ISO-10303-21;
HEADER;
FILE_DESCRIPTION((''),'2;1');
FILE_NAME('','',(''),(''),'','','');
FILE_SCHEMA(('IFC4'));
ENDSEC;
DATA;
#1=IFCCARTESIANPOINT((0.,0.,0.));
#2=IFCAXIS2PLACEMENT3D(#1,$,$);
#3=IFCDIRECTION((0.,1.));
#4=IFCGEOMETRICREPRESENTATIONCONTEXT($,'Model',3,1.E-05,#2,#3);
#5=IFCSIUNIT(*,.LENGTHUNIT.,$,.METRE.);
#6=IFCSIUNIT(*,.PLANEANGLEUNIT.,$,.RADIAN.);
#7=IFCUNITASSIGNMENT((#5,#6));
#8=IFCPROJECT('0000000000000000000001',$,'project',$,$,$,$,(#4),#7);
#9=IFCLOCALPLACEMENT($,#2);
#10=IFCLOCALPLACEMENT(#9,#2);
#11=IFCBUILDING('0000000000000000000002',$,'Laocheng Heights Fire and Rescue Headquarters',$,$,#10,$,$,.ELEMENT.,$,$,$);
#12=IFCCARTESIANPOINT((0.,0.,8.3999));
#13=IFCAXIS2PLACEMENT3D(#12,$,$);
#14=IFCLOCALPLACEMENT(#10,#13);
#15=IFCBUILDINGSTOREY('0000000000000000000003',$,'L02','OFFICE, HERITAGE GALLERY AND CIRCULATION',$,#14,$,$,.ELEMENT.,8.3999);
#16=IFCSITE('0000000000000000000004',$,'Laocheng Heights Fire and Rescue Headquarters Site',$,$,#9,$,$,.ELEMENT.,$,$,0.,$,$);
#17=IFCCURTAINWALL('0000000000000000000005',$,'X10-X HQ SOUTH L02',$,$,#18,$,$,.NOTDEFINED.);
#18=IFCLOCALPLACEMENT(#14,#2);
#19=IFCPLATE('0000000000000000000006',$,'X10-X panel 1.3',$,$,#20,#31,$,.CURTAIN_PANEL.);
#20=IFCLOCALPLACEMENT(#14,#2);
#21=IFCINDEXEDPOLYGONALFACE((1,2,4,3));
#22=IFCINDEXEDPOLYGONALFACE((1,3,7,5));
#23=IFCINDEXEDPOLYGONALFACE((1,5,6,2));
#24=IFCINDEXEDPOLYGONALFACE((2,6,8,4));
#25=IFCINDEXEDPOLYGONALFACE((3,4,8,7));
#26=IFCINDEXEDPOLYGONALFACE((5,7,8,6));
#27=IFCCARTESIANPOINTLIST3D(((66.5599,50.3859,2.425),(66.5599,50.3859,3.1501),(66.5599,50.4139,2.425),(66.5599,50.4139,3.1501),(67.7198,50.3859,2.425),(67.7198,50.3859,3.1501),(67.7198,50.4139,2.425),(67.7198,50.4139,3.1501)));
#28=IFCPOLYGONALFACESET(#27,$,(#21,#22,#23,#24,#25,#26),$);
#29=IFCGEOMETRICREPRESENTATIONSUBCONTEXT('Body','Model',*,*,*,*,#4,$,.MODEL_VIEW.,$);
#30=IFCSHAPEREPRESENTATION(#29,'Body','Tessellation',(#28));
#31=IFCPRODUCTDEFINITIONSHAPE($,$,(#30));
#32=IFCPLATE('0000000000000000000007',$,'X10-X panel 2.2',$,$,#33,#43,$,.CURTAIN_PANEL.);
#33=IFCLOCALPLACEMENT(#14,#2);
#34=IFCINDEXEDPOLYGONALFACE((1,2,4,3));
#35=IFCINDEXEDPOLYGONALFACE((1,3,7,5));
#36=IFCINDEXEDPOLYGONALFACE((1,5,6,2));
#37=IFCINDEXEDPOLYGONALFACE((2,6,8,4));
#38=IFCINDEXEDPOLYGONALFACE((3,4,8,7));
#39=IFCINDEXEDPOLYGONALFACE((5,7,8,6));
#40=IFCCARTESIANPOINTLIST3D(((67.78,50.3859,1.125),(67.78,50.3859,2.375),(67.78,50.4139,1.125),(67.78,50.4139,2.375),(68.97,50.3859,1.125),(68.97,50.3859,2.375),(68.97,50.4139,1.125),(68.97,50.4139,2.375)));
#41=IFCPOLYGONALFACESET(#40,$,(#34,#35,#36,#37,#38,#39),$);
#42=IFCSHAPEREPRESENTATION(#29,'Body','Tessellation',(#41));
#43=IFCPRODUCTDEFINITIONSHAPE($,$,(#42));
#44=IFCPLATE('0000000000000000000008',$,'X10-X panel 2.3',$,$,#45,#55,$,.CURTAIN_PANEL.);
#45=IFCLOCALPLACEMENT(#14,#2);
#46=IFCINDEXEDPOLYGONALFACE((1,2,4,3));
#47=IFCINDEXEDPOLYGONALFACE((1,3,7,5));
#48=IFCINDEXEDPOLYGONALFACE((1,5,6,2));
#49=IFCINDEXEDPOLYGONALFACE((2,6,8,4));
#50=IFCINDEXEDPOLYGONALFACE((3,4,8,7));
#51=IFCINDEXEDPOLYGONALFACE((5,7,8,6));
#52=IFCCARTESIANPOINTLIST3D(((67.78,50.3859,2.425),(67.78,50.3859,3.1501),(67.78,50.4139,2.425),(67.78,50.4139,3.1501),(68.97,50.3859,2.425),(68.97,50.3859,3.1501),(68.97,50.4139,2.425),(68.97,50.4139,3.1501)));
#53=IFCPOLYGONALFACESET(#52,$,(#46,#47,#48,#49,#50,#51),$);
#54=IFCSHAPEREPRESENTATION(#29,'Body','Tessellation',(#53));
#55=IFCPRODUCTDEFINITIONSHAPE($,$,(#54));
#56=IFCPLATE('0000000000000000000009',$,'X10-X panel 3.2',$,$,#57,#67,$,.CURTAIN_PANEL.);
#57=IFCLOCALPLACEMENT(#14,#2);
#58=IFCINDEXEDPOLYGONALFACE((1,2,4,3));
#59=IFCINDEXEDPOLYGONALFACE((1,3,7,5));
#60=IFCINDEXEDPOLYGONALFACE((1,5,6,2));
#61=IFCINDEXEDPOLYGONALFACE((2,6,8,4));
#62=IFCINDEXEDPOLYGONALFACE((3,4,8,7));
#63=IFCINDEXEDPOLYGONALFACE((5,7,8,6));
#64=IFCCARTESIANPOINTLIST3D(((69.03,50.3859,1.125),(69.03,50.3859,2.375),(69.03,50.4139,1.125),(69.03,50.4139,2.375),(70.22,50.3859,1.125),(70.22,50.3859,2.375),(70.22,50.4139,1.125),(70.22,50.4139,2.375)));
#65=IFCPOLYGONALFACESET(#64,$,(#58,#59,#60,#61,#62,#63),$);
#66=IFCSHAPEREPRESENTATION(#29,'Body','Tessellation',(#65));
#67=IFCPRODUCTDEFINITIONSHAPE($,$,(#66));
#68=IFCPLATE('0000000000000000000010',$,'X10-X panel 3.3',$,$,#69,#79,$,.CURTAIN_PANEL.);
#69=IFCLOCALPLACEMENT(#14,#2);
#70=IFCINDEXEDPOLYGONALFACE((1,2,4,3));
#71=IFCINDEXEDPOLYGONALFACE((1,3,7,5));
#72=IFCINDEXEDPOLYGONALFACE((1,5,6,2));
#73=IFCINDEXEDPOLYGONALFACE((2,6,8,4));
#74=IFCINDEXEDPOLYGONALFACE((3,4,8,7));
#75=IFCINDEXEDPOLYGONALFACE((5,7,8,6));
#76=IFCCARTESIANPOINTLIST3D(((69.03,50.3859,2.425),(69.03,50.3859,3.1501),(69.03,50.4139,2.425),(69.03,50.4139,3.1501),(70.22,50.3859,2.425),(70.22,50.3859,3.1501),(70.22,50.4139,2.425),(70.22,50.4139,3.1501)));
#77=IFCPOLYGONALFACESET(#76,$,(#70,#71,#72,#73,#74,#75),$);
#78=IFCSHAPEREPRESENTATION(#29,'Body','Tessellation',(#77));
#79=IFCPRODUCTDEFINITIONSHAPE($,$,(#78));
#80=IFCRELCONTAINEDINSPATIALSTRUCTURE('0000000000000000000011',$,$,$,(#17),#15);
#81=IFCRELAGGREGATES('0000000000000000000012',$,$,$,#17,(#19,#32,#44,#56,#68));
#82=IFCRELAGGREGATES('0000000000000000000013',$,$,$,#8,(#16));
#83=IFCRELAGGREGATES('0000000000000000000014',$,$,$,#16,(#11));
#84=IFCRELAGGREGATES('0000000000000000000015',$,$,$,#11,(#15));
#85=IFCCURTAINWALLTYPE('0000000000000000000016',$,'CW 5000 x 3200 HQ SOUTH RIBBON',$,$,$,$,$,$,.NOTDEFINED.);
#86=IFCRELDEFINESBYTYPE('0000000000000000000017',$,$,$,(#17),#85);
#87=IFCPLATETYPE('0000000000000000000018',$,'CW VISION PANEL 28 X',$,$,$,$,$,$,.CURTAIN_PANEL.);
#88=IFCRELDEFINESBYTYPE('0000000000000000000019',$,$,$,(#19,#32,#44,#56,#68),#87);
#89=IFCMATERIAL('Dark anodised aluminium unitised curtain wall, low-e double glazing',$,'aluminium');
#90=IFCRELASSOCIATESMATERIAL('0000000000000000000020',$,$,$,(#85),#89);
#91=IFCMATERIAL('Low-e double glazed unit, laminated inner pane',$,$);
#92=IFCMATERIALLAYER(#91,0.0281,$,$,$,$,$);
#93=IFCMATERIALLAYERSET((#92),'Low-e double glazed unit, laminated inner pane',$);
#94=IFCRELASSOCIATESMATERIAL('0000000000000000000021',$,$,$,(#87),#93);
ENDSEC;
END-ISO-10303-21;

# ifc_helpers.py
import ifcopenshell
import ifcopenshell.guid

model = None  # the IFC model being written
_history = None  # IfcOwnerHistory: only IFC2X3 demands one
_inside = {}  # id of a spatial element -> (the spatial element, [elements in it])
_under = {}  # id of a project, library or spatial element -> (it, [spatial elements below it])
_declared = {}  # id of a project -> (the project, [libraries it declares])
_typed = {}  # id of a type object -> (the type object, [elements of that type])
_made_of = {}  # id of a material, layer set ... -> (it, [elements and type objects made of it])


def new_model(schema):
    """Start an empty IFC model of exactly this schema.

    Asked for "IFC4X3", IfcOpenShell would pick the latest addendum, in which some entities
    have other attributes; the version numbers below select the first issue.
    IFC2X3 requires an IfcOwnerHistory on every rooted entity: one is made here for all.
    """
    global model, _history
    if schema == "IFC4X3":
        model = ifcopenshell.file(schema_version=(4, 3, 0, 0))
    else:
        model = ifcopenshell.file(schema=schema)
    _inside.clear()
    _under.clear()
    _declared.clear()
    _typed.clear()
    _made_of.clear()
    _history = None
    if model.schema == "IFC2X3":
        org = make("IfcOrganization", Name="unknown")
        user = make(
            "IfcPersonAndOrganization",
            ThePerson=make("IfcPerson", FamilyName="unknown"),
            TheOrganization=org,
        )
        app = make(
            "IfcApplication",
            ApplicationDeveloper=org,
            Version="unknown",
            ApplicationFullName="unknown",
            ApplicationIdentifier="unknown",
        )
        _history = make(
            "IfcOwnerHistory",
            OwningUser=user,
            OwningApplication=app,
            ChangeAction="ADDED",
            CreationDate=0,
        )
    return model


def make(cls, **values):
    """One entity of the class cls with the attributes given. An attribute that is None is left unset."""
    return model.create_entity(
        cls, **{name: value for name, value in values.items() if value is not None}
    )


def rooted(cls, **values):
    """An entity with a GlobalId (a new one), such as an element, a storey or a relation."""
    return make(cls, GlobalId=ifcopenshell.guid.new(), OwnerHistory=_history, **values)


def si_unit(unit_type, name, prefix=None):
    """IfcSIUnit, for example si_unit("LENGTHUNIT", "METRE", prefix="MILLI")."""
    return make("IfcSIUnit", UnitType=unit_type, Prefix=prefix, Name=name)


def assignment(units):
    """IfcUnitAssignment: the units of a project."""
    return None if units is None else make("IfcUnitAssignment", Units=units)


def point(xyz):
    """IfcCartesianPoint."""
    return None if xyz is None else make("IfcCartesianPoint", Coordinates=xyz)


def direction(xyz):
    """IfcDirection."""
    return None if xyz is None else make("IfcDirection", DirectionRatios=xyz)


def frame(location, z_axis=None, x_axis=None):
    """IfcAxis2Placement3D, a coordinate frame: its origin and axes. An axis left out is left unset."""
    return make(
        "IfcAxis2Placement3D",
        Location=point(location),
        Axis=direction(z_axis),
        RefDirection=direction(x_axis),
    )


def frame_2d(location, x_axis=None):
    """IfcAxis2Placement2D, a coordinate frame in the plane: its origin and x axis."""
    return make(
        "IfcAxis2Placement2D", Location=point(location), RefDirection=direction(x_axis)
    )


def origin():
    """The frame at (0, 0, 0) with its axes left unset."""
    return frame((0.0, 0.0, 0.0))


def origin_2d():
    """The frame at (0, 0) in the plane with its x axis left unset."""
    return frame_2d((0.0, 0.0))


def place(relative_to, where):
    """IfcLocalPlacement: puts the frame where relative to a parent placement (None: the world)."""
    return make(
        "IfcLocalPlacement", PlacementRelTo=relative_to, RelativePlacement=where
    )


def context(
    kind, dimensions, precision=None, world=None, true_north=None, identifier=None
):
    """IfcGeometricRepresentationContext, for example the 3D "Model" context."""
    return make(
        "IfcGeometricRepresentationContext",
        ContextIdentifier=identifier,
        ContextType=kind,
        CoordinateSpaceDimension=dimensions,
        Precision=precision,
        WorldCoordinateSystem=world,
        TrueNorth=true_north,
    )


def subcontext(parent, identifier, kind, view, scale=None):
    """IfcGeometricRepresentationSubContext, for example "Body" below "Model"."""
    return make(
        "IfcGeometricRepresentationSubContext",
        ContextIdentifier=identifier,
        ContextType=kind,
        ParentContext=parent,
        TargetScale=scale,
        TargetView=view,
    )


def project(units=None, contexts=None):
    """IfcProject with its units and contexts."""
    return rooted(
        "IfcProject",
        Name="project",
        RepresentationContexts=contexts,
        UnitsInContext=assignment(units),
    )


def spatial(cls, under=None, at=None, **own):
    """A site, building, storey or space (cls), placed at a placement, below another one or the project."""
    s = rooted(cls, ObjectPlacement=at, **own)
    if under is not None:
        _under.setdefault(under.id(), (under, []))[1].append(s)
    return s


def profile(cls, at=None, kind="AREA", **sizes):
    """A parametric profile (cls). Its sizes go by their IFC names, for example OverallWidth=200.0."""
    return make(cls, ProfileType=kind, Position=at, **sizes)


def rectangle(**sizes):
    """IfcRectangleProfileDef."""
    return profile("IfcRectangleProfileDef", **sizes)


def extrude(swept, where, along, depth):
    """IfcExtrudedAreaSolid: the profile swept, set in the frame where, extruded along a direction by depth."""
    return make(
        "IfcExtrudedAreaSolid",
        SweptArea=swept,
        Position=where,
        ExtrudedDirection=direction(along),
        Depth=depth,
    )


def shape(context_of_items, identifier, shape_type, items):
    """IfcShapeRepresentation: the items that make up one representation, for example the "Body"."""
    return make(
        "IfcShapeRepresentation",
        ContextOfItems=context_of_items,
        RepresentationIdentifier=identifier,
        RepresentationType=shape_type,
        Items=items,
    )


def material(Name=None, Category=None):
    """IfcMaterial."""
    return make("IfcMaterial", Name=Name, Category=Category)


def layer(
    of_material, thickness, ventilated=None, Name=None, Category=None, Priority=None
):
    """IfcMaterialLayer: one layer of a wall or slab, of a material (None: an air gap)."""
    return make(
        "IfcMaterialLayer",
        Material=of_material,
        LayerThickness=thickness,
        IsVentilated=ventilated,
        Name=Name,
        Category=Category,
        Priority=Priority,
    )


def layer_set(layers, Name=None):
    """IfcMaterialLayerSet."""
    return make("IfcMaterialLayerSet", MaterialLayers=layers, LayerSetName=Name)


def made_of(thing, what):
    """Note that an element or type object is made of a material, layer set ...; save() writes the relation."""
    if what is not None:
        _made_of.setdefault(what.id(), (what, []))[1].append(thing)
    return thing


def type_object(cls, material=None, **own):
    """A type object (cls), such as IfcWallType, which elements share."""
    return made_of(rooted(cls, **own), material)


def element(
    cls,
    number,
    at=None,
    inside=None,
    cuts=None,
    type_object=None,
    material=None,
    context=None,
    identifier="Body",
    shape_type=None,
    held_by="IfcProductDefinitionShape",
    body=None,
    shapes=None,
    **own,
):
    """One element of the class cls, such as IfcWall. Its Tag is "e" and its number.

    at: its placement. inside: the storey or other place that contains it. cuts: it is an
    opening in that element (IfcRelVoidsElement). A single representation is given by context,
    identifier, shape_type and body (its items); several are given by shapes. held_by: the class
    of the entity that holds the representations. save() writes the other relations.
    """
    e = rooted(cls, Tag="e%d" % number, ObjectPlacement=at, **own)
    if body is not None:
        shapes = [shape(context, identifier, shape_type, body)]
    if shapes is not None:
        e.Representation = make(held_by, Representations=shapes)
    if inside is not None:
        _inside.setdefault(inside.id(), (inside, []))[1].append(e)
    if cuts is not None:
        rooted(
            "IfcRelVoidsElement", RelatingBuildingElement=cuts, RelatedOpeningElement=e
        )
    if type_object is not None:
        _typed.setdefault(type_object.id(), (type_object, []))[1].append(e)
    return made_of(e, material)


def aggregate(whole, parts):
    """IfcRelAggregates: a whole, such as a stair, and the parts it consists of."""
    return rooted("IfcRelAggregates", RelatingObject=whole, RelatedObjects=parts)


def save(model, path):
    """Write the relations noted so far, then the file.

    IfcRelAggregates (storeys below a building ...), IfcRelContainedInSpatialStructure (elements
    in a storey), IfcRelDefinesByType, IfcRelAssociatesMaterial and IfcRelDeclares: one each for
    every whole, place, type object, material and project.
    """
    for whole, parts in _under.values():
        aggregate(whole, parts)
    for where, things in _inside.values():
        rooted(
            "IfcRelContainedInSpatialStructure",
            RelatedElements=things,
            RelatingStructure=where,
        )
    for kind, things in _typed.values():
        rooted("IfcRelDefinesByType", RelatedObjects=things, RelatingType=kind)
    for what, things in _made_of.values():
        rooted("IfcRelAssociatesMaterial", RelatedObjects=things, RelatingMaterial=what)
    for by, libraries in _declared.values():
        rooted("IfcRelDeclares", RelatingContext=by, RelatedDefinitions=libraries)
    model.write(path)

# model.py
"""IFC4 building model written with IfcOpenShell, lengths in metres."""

from ifc_helpers import new_model, si_unit, direction, frame, origin, origin_2d, place, context, subcontext, project, spatial, rectangle, extrude, material, layer, layer_set, type_object, element, aggregate, save


model = new_model("IFC4")

# Units and contexts
model_context = context("Model", 3, precision=1e-05, world=origin(), true_north=direction((0.0, 1.0)))
body_context = subcontext(model_context, "Body", "Model", "MODEL_VIEW")
ifc_project = project(units=[si_unit("LENGTHUNIT", "METRE"), si_unit("PLANEANGLEUNIT", "RADIAN")], contexts=[model_context])

# Site, building, storey
site_placement = place(None, origin())
site = spatial("IfcSite", under=ifc_project, at=site_placement, Name="Laocheng Heights Fire and Rescue Headquarters Site", CompositionType="ELEMENT", RefElevation=0.0)
building_placement = place(site_placement, origin())
building = spatial("IfcBuilding", under=site, at=building_placement, Name="Laocheng Heights Fire and Rescue Headquarters", CompositionType="ELEMENT")
storey_placement = place(building_placement, frame((0.0, 0.0, 8.3999)))
storey = spatial("IfcBuildingStorey", under=building, at=storey_placement, Name="L02", Description="OFFICE, HERITAGE GALLERY AND CIRCULATION", CompositionType="ELEMENT", Elevation=8.3999)

# Curtain wall, plates
ifc_material_1 = material(Name="Dark anodised aluminium unitised curtain wall, low-e double glazing", Category="aluminium")
curtain_wall_type = type_object("IfcCurtainWallType", Name="CW 5000 x 3200 HQ SOUTH RIBBON", PredefinedType="NOTDEFINED", material=ifc_material_1)
curtain_wall_placement = place(storey_placement, origin())
curtain_wall = element("IfcCurtainWall", 1, at=curtain_wall_placement, inside=storey, type_object=curtain_wall_type, Name="X10-X HQ SOUTH L02", PredefinedType="NOTDEFINED")
ifc_material_2 = material(Name="Low-e double glazed unit, laminated inner pane")
ifc_layer_1 = layer(ifc_material_2, 0.0281)
ifc_layer_set_1 = layer_set([ifc_layer_1], Name="Low-e double glazed unit, laminated inner pane")
plate_type_1 = type_object("IfcPlateType", Name="CW VISION PANEL 28 X", PredefinedType="CURTAIN_PANEL", material=ifc_layer_set_1)
plate_1_placement = place(storey_placement, frame((67.1399, 50.3999, 2.425), z_axis=(0.0, 0.0, 1.0), x_axis=(1.0, 0.0, 0.0)))
plate_1 = element("IfcPlate", 2, at=plate_1_placement, type_object=plate_type_1, Name="X10-X panel 1.3", PredefinedType="CURTAIN_PANEL", context=body_context, shape_type="SweptSolid", body=[
    extrude(rectangle(XDim=1.1599, YDim=0.0281, at=origin_2d()), origin(), (0.0, 0.0, 1.0), 0.7251),
])
plate_2_placement = place(storey_placement, frame((68.375, 50.3999, 1.125), z_axis=(0.0, 0.0, 1.0), x_axis=(1.0, 0.0, 0.0)))
plate_2 = element("IfcPlate", 3, at=plate_2_placement, type_object=plate_type_1, Name="X10-X panel 2.2", PredefinedType="CURTAIN_PANEL", context=body_context, shape_type="SweptSolid", body=[
    extrude(rectangle(XDim=1.1899, YDim=0.0281, at=origin_2d()), origin(), (0.0, 0.0, 1.0), 1.25),
])
plate_3_placement = place(storey_placement, frame((68.375, 50.3999, 2.425), z_axis=(0.0, 0.0, 1.0), x_axis=(1.0, 0.0, 0.0)))
plate_3 = element("IfcPlate", 4, at=plate_3_placement, type_object=plate_type_1, Name="X10-X panel 2.3", PredefinedType="CURTAIN_PANEL", context=body_context, shape_type="SweptSolid", body=[
    extrude(rectangle(XDim=1.1899, YDim=0.0281, at=origin_2d()), origin(), (0.0, 0.0, 1.0), 0.7251),
])
plate_4_placement = place(storey_placement, frame((69.625, 50.3999, 1.125), z_axis=(0.0, 0.0, 1.0), x_axis=(1.0, 0.0, 0.0)))
plate_4 = element("IfcPlate", 5, at=plate_4_placement, type_object=plate_type_1, Name="X10-X panel 3.2", PredefinedType="CURTAIN_PANEL", context=body_context, shape_type="SweptSolid", body=[
    extrude(rectangle(XDim=1.1899, YDim=0.0281, at=origin_2d()), origin(), (0.0, 0.0, 1.0), 1.25),
])
plate_5_placement = place(storey_placement, frame((69.625, 50.3999, 2.425), z_axis=(0.0, 0.0, 1.0), x_axis=(1.0, 0.0, 0.0)))
plate_5 = element("IfcPlate", 6, at=plate_5_placement, type_object=plate_type_1, Name="X10-X panel 3.3", PredefinedType="CURTAIN_PANEL", context=body_context, shape_type="SweptSolid", body=[
    extrude(rectangle(XDim=1.1899, YDim=0.0281, at=origin_2d()), origin(), (0.0, 0.0, 1.0), 0.7251),
])
aggregate(curtain_wall, [plate_1, plate_2, plate_3, plate_4, plate_5])

save(model, "model.ifc")
